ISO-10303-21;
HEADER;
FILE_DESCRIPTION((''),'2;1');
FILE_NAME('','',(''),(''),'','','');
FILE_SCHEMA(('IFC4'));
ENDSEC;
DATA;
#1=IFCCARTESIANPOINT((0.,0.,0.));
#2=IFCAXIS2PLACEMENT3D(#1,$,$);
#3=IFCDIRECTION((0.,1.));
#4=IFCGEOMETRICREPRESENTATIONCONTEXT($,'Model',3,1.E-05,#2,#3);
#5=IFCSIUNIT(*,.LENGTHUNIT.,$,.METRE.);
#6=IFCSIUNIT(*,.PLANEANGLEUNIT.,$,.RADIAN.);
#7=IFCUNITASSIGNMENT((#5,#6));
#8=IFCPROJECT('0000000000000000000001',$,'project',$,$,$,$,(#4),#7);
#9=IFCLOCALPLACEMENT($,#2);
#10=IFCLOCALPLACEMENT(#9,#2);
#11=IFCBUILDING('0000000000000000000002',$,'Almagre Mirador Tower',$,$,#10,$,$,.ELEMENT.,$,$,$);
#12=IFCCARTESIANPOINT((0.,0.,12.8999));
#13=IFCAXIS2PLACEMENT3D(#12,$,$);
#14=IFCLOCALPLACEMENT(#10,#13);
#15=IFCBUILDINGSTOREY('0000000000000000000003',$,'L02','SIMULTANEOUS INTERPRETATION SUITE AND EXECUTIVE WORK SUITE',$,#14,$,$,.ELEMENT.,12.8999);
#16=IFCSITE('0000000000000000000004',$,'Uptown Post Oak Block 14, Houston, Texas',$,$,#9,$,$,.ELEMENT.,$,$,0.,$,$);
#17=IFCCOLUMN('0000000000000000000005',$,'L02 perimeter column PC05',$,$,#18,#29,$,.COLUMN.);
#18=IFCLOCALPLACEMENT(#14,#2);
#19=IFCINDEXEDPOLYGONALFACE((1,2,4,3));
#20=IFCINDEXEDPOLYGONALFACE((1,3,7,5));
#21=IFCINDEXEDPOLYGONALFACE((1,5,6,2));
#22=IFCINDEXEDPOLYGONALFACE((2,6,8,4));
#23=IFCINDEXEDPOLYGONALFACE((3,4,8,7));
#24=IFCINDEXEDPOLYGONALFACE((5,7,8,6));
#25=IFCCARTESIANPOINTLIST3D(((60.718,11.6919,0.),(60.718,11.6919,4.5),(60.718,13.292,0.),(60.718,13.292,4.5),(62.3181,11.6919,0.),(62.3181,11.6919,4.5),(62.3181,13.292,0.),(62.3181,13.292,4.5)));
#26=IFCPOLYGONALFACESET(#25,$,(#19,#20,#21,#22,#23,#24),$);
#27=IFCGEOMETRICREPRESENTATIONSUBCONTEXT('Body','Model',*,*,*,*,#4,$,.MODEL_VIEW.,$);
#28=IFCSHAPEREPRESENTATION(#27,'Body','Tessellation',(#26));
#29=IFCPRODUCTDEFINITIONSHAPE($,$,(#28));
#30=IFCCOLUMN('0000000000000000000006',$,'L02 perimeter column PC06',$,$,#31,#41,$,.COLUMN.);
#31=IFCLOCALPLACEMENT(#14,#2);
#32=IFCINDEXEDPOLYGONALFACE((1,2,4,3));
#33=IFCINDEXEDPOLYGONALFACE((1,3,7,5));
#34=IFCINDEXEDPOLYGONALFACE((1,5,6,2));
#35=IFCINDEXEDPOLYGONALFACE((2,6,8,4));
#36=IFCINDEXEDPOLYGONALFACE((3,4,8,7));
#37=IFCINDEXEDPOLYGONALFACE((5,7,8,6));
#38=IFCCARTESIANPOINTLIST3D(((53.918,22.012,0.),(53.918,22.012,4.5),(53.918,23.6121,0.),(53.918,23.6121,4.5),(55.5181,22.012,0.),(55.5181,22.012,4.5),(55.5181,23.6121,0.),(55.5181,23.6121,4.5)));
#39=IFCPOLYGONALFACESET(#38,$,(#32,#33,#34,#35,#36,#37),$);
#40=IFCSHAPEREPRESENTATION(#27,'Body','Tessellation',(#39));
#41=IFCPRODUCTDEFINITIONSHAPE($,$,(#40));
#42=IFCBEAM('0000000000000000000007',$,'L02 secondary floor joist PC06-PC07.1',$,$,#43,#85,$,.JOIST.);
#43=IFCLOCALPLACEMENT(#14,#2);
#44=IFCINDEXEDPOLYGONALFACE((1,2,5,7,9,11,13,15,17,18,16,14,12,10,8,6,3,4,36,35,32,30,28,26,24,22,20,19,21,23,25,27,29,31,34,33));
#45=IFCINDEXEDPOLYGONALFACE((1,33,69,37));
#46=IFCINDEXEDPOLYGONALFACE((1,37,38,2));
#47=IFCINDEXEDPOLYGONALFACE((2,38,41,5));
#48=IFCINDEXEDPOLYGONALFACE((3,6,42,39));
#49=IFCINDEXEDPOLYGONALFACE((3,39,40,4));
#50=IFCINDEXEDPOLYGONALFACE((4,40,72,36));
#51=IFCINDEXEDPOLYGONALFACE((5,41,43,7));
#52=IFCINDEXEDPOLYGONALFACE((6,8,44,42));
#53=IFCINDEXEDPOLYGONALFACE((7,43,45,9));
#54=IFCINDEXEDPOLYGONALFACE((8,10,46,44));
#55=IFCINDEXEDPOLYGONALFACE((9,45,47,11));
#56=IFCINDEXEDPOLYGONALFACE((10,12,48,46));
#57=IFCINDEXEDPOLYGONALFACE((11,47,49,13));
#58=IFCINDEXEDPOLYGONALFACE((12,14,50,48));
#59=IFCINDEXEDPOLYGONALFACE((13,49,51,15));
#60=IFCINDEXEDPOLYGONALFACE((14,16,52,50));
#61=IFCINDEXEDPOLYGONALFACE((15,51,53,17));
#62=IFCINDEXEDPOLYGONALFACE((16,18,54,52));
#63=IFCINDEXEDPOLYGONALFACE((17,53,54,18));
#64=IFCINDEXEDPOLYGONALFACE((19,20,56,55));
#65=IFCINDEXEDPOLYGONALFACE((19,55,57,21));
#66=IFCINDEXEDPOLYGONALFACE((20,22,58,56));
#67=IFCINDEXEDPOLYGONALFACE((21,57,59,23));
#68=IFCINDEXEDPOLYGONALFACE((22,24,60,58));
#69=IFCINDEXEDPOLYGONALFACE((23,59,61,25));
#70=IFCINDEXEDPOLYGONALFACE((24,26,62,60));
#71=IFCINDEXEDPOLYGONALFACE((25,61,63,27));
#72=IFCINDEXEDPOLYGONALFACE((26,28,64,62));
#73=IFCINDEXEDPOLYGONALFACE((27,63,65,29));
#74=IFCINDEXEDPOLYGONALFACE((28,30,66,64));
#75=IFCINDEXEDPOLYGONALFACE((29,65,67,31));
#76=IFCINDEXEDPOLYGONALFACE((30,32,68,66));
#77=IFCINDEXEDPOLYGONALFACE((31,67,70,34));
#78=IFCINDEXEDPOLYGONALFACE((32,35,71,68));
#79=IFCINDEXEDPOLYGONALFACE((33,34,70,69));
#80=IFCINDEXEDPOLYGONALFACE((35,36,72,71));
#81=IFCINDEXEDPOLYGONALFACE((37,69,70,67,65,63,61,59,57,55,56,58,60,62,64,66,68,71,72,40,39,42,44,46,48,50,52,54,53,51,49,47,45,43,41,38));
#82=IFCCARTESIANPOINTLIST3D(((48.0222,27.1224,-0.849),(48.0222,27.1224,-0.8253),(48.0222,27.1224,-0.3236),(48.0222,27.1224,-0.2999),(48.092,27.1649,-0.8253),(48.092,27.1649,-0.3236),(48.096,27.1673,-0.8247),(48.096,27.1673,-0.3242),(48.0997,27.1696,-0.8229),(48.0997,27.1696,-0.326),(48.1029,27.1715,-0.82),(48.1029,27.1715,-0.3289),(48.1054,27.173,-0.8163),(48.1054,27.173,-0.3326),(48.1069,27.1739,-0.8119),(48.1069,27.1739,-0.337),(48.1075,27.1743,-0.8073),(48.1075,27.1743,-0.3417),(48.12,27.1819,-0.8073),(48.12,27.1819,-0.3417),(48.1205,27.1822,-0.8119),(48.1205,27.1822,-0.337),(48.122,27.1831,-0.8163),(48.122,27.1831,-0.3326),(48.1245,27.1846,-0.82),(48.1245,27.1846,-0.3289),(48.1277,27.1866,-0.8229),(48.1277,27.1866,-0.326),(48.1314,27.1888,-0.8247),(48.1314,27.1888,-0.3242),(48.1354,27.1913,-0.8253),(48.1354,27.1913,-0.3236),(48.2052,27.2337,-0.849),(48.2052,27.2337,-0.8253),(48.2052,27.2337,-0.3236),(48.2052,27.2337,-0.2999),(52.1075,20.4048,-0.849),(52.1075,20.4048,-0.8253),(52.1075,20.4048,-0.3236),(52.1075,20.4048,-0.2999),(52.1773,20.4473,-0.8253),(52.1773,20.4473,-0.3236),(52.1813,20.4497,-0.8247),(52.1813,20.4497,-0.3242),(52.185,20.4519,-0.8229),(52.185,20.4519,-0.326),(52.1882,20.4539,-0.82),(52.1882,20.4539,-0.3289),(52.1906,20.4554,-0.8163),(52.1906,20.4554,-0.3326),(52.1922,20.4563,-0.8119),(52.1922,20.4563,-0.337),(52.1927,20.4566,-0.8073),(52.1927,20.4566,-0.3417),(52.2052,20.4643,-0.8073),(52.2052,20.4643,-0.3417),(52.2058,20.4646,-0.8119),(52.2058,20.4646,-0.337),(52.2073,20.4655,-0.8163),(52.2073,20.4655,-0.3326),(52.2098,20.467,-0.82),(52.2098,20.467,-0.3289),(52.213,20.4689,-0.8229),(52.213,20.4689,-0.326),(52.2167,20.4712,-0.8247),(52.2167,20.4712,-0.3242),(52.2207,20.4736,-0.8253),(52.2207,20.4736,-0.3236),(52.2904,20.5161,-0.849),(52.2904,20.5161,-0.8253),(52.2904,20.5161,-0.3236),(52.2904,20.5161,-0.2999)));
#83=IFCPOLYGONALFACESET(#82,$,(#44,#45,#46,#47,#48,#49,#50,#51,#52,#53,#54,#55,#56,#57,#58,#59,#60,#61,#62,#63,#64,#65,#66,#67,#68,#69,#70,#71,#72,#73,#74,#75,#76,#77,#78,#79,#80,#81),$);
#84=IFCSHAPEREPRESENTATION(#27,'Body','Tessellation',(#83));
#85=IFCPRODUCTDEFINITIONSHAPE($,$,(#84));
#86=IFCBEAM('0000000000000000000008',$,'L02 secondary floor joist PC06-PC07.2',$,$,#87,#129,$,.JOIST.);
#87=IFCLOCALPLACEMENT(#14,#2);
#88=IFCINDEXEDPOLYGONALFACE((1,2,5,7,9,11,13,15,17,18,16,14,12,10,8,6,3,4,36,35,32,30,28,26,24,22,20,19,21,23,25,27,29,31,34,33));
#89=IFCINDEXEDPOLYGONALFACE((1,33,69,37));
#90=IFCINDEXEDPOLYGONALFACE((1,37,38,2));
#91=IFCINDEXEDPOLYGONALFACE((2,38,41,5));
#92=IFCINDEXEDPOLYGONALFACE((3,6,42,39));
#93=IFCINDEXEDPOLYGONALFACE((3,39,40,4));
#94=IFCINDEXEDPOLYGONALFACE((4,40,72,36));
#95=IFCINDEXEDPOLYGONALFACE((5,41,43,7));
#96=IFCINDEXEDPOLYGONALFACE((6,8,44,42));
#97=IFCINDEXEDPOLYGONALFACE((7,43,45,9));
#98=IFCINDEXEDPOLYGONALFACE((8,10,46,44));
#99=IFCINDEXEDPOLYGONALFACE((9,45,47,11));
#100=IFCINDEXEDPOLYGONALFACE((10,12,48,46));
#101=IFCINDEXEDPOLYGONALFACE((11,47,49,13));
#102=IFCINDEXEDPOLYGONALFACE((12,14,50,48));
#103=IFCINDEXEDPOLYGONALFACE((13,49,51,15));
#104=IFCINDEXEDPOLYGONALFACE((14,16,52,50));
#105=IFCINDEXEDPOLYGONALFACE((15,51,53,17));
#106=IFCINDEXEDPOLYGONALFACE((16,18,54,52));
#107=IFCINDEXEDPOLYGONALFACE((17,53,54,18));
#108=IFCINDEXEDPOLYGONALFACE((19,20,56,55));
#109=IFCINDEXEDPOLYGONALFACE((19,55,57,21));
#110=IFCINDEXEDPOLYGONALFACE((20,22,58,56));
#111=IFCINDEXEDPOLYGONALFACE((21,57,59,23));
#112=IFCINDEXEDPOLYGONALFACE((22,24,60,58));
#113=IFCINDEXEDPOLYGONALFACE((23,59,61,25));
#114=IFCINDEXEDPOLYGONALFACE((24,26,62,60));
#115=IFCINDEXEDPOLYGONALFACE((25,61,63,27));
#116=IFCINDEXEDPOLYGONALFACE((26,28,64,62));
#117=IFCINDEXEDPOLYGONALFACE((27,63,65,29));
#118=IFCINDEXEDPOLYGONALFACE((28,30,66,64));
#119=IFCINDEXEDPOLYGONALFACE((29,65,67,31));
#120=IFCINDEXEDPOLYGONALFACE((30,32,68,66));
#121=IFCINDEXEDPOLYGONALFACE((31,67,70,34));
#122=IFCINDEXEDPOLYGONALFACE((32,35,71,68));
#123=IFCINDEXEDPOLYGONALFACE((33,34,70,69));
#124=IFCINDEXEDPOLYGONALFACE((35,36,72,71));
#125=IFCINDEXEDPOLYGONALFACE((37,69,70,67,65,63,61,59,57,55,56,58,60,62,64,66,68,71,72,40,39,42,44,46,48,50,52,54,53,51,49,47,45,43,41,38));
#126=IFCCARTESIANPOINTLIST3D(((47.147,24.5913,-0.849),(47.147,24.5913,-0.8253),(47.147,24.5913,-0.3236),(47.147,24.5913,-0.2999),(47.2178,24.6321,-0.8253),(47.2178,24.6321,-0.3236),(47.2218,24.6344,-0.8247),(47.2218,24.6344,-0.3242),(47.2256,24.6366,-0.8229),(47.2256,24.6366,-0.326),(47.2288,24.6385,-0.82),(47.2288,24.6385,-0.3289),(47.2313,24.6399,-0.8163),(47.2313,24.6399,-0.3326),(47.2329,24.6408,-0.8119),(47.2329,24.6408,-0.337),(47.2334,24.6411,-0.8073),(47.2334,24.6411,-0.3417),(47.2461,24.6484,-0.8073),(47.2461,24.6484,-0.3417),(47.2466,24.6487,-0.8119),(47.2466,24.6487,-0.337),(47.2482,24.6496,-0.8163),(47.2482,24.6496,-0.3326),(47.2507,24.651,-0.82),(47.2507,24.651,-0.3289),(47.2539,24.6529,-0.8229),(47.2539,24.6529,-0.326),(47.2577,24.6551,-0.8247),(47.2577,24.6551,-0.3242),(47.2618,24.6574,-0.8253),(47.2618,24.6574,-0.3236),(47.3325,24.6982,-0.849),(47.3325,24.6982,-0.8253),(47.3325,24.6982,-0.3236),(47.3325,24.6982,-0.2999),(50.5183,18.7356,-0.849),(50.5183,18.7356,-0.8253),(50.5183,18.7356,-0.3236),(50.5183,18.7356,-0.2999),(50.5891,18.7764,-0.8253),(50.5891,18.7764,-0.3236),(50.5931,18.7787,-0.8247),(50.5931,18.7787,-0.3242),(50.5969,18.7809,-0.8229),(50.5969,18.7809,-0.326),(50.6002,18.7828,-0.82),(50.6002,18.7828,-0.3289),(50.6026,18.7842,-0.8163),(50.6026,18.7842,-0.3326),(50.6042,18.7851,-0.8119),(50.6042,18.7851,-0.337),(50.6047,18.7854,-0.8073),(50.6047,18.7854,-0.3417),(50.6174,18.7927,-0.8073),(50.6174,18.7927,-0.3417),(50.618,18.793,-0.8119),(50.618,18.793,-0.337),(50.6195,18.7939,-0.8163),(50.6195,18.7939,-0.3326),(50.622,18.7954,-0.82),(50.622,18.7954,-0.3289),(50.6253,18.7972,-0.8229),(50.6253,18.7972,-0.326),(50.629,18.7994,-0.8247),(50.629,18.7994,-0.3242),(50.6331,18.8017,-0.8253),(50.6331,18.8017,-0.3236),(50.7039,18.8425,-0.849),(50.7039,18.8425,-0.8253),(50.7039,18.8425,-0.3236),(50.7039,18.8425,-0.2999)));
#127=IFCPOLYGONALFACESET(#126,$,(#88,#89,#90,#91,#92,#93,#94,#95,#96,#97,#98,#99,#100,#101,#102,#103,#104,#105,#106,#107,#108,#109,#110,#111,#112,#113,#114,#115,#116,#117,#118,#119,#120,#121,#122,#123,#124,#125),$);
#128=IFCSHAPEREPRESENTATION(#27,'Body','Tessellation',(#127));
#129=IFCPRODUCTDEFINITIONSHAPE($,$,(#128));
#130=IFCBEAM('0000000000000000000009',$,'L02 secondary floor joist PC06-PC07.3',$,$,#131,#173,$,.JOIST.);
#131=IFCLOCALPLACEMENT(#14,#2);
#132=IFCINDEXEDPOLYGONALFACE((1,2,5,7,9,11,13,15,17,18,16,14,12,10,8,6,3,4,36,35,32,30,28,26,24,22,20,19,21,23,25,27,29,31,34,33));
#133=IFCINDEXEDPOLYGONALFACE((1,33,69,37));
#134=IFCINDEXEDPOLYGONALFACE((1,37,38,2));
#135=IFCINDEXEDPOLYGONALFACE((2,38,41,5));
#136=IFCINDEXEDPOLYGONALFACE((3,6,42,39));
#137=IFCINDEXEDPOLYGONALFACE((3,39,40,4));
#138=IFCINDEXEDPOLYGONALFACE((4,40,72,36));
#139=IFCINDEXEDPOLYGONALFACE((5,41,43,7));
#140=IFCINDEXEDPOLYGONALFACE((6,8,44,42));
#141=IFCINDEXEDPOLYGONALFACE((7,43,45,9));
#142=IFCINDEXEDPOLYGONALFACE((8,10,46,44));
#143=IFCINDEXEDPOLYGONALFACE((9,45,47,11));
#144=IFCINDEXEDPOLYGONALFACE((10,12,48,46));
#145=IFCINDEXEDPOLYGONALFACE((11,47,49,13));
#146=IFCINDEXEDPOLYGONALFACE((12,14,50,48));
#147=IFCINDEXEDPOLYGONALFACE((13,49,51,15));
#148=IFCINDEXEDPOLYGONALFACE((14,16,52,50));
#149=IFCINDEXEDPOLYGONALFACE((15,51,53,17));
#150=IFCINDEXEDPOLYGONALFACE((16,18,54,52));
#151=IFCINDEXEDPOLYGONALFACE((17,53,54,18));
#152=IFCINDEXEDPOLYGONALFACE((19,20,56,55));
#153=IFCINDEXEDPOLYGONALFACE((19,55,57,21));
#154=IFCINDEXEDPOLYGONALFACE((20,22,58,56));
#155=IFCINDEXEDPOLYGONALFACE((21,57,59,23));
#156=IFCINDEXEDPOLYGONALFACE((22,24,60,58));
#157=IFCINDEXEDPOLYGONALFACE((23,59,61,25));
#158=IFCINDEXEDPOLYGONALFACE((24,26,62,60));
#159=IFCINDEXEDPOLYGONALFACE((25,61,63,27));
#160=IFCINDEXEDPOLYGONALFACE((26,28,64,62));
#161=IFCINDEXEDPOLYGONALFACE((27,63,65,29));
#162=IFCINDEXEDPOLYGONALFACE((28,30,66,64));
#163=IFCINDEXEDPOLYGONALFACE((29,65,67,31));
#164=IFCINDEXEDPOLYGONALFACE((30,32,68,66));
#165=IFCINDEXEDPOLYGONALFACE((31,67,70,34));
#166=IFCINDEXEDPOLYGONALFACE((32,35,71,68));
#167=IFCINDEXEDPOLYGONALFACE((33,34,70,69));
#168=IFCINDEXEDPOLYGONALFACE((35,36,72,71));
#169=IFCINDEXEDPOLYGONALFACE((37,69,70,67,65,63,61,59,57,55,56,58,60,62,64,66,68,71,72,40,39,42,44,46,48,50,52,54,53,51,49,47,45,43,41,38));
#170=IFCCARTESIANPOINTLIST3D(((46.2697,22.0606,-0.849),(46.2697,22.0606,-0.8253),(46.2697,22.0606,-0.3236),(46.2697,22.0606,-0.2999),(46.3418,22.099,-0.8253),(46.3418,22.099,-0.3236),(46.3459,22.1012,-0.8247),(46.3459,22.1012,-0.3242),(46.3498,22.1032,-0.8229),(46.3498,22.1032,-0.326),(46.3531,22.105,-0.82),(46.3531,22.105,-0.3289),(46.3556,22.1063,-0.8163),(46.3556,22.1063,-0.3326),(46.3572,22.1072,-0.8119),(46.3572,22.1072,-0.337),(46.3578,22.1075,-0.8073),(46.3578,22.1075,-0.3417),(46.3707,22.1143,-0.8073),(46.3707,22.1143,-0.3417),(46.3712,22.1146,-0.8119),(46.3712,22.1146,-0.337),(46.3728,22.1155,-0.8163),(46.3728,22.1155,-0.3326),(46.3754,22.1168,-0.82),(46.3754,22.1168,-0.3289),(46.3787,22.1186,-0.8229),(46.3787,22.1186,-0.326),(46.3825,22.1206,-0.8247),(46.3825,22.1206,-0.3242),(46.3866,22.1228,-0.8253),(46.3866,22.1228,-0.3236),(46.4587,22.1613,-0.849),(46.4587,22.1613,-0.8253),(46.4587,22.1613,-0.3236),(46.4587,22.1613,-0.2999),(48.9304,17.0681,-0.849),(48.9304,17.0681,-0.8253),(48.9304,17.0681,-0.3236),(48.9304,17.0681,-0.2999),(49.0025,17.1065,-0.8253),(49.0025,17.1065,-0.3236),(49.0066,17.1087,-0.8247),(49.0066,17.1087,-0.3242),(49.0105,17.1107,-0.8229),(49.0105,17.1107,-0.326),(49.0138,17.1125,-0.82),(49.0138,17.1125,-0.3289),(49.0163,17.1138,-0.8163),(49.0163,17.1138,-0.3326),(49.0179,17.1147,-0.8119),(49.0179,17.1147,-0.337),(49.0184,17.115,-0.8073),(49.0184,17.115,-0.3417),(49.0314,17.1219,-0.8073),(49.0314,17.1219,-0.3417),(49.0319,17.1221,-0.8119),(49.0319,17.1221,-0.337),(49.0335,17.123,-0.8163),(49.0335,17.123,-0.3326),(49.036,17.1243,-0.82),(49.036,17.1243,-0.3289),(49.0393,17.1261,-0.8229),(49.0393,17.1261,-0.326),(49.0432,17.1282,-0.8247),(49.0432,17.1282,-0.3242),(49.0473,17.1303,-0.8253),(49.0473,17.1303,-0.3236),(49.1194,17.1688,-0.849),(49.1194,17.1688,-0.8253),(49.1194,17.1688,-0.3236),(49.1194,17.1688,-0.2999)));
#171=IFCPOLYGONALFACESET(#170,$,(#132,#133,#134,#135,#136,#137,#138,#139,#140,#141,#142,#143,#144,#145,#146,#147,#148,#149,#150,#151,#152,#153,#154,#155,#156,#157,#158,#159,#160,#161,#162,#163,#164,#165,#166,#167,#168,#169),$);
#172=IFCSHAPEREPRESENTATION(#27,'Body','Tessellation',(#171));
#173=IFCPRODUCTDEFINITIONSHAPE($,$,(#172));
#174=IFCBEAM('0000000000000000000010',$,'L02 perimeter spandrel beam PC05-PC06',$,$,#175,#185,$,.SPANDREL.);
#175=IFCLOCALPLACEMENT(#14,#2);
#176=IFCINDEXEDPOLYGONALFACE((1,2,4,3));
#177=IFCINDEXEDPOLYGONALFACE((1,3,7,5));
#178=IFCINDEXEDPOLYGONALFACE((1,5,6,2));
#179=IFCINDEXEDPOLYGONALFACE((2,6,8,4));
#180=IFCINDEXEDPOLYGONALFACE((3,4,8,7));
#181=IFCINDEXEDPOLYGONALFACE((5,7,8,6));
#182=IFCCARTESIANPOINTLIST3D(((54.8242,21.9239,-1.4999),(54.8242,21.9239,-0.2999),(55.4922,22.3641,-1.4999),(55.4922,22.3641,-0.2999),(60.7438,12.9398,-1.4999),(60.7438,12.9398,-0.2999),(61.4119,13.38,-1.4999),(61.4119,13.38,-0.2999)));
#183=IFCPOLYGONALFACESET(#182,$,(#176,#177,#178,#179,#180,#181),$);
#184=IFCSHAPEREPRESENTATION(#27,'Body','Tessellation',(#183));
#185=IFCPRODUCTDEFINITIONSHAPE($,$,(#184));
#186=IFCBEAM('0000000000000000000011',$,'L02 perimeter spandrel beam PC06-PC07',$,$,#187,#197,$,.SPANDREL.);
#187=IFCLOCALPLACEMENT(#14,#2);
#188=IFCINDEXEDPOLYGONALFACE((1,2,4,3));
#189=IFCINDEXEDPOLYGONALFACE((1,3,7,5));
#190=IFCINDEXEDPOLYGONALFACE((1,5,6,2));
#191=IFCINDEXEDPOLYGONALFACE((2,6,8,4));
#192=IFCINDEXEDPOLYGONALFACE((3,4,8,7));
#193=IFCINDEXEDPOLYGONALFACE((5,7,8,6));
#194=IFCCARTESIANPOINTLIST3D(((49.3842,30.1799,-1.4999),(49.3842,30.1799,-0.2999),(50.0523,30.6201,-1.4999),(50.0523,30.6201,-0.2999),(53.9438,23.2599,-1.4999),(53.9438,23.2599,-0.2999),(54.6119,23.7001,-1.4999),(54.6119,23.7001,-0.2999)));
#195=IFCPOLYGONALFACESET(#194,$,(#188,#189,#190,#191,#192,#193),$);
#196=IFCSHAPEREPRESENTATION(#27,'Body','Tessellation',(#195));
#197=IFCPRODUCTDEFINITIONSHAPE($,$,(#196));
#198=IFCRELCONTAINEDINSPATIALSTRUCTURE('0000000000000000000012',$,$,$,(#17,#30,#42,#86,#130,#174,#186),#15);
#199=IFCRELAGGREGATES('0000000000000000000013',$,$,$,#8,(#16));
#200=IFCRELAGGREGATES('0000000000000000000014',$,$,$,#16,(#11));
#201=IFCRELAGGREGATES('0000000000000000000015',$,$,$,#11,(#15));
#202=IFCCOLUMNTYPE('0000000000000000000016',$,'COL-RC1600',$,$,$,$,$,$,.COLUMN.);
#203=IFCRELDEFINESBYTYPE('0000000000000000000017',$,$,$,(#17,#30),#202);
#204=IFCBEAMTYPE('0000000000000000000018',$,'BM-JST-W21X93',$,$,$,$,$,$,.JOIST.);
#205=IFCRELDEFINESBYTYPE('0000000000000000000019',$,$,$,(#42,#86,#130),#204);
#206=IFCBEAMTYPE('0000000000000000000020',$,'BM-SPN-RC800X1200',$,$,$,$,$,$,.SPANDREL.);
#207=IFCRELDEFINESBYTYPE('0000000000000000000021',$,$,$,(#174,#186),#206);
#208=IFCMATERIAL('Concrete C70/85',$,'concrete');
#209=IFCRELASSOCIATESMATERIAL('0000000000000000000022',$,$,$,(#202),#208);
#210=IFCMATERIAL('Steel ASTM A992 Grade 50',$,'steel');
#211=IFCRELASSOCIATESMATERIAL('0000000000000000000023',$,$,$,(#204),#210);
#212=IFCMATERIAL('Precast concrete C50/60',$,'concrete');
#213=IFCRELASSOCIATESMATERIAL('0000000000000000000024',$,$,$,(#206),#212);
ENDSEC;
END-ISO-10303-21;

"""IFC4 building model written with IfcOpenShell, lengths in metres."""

from ifc_helpers import new_model, si_unit, direction, frame, origin, origin_2d, place, context, subcontext, project, spatial, rectangle, i_section, extrude, material, material_profile, profile_set, type_object, element, save


model = new_model("IFC4")

# Units and contexts
model_context = context("Model", 3, precision=1e-05, world=origin(), true_north=direction((0.0, 1.0)))
body_context = subcontext(model_context, "Body", "Model", "MODEL_VIEW")
ifc_project = project(units=[si_unit("LENGTHUNIT", "METRE"), si_unit("PLANEANGLEUNIT", "RADIAN")], contexts=[model_context])

# Site, building, storey
site_placement = place(None, origin())
site = spatial("IfcSite", under=ifc_project, at=site_placement, Name="Uptown Post Oak Block 14, Houston, Texas", CompositionType="ELEMENT", RefElevation=0.0)
building_placement = place(site_placement, origin())
building = spatial("IfcBuilding", under=site, at=building_placement, Name="Almagre Mirador Tower", CompositionType="ELEMENT")
storey_placement = place(building_placement, frame((0.0, 0.0, 12.8999)))
storey = spatial("IfcBuildingStorey", under=building, at=storey_placement, Name="L02", Description="SIMULTANEOUS INTERPRETATION SUITE AND EXECUTIVE WORK SUITE", CompositionType="ELEMENT", Elevation=12.8999)

# Columns
ifc_material_1 = material(Name="Concrete C70/85", Category="concrete")
ifc_material_profile_1 = material_profile(ifc_material_1, rectangle(XDim=1.6001, YDim=1.6001, at=origin_2d()), Name="RC1600X1600")
ifc_profile_set_1 = profile_set([ifc_material_profile_1], Name="Concrete C70/85")
column_type = type_object("IfcColumnType", Name="COL-RC1600", PredefinedType="COLUMN", material=ifc_profile_set_1)
for number, where, z_axis, x_axis, name in (
    (1, (61.5181, 12.4919, 0.0), (0.0, 0.0, 1.0), (1.0, 0.0, 0.0), "L02 perimeter column PC05"),
    (2, (54.718, 22.812, 0.0), (0.0, 0.0, 1.0), (1.0, 0.0, 0.0), "L02 perimeter column PC06"),
):
    element("IfcColumn", number, at=place(storey_placement, frame(where, z_axis=z_axis, x_axis=x_axis)), inside=storey, type_object=column_type, Name=name, PredefinedType="COLUMN", context=body_context, shape_type="SweptSolid", body=[
        extrude(rectangle(XDim=1.6001, YDim=1.6001, at=origin_2d()), origin(), (0.0, 0.0, 1.0), 4.5),
    ])

# Beams
ifc_material_2 = material(Name="Steel ASTM A992 Grade 50", Category="steel")
ifc_material_profile_2 = material_profile(ifc_material_2, i_section(OverallWidth=0.2141, OverallDepth=0.5491, WebThickness=0.0146, FlangeThickness=0.0237, FilletRadius=0.0181, at=origin_2d()), Name="W21X93")
ifc_profile_set_2 = profile_set([ifc_material_profile_2], Name="Steel ASTM A992 Grade 50")
beam_type_1 = type_object("IfcBeamType", Name="BM-JST-W21X93", PredefinedType="JOIST", material=ifc_profile_set_2)
beam_1_placement = place(storey_placement, frame((52.199, 20.4604, -0.5745), z_axis=(-0.519601, 0.854409, 0.0), x_axis=(-0.854409, -0.519601, 0.0)))
element("IfcBeam", 3, at=beam_1_placement, inside=storey, type_object=beam_type_1, Name="L02 secondary floor joist PC06-PC07.1", PredefinedType="JOIST", context=body_context, shape_type="SweptSolid", body=[
    extrude(i_section(OverallWidth=0.2141, OverallDepth=0.5491, WebThickness=0.0146, FlangeThickness=0.0237, FilletRadius=0.0181, at=origin_2d()), origin(), (0.0, 0.0, 1.0), 7.8623),
])
beam_2_placement = place(storey_placement, frame((50.6111, 18.7891, -0.5745), z_axis=(-0.49895, 0.866631, 0.0), x_axis=(-0.866631, -0.49895, 0.0)))
element("IfcBeam", 4, at=beam_2_placement, inside=storey, type_object=beam_type_1, Name="L02 secondary floor joist PC06-PC07.2", PredefinedType="JOIST", context=body_context, shape_type="SweptSolid", body=[
    extrude(i_section(OverallWidth=0.2141, OverallDepth=0.5491, WebThickness=0.0146, FlangeThickness=0.0237, FilletRadius=0.0181, at=origin_2d()), origin(), (0.0, 0.0, 1.0), 6.7568),
])
beam_3_placement = place(storey_placement, frame((49.0249, 17.1184, -0.5745), z_axis=(-0.470315, 0.882499, 0.0), x_axis=(-0.882499, -0.470315, 0.0)))
element("IfcBeam", 5, at=beam_3_placement, inside=storey, type_object=beam_type_1, Name="L02 secondary floor joist PC06-PC07.3", PredefinedType="JOIST", context=body_context, shape_type="SweptSolid", body=[
    extrude(i_section(OverallWidth=0.2141, OverallDepth=0.5491, WebThickness=0.0146, FlangeThickness=0.0237, FilletRadius=0.0181, at=origin_2d()), origin(), (0.0, 0.0, 1.0), 5.6572),
])
ifc_material_3 = material(Name="Precast concrete C50/60", Category="concrete")
ifc_material_profile_3 = material_profile(ifc_material_3, rectangle(XDim=0.8, YDim=1.2, at=origin_2d()), Name="RC800X1200")
ifc_profile_set_3 = profile_set([ifc_material_profile_3], Name="Precast concrete C50/60")
beam_type_2 = type_object("IfcBeamType", Name="BM-SPN-RC800X1200", PredefinedType="SPANDREL", material=ifc_profile_set_3)
beam_4_placement = place(storey_placement, frame((61.0779, 13.1599, -0.8999), z_axis=(-0.550204, 0.83503, 0.0), x_axis=(-0.83503, -0.550204, 0.0)))
element("IfcBeam", 6, at=beam_4_placement, inside=storey, type_object=beam_type_2, Name="L02 perimeter spandrel beam PC05-PC06", PredefinedType="SPANDREL", context=body_context, shape_type="SweptSolid", body=[
    extrude(rectangle(XDim=0.8, YDim=1.2, at=origin_2d()), origin(), (0.0, 0.0, 1.0), 10.759),
])
beam_5_placement = place(storey_placement, frame((54.2778, 23.48, -0.8999), z_axis=(-0.550205, 0.83503, 0.0), x_axis=(-0.83503, -0.550205, 0.0)))
element("IfcBeam", 7, at=beam_5_placement, inside=storey, type_object=beam_type_2, Name="L02 perimeter spandrel beam PC06-PC07", PredefinedType="SPANDREL", context=body_context, shape_type="SweptSolid", body=[
    extrude(rectangle(XDim=0.8, YDim=1.2, at=origin_2d()), origin(), (0.0, 0.0, 1.0), 8.2871),
])

save(model, "model.ifc")
